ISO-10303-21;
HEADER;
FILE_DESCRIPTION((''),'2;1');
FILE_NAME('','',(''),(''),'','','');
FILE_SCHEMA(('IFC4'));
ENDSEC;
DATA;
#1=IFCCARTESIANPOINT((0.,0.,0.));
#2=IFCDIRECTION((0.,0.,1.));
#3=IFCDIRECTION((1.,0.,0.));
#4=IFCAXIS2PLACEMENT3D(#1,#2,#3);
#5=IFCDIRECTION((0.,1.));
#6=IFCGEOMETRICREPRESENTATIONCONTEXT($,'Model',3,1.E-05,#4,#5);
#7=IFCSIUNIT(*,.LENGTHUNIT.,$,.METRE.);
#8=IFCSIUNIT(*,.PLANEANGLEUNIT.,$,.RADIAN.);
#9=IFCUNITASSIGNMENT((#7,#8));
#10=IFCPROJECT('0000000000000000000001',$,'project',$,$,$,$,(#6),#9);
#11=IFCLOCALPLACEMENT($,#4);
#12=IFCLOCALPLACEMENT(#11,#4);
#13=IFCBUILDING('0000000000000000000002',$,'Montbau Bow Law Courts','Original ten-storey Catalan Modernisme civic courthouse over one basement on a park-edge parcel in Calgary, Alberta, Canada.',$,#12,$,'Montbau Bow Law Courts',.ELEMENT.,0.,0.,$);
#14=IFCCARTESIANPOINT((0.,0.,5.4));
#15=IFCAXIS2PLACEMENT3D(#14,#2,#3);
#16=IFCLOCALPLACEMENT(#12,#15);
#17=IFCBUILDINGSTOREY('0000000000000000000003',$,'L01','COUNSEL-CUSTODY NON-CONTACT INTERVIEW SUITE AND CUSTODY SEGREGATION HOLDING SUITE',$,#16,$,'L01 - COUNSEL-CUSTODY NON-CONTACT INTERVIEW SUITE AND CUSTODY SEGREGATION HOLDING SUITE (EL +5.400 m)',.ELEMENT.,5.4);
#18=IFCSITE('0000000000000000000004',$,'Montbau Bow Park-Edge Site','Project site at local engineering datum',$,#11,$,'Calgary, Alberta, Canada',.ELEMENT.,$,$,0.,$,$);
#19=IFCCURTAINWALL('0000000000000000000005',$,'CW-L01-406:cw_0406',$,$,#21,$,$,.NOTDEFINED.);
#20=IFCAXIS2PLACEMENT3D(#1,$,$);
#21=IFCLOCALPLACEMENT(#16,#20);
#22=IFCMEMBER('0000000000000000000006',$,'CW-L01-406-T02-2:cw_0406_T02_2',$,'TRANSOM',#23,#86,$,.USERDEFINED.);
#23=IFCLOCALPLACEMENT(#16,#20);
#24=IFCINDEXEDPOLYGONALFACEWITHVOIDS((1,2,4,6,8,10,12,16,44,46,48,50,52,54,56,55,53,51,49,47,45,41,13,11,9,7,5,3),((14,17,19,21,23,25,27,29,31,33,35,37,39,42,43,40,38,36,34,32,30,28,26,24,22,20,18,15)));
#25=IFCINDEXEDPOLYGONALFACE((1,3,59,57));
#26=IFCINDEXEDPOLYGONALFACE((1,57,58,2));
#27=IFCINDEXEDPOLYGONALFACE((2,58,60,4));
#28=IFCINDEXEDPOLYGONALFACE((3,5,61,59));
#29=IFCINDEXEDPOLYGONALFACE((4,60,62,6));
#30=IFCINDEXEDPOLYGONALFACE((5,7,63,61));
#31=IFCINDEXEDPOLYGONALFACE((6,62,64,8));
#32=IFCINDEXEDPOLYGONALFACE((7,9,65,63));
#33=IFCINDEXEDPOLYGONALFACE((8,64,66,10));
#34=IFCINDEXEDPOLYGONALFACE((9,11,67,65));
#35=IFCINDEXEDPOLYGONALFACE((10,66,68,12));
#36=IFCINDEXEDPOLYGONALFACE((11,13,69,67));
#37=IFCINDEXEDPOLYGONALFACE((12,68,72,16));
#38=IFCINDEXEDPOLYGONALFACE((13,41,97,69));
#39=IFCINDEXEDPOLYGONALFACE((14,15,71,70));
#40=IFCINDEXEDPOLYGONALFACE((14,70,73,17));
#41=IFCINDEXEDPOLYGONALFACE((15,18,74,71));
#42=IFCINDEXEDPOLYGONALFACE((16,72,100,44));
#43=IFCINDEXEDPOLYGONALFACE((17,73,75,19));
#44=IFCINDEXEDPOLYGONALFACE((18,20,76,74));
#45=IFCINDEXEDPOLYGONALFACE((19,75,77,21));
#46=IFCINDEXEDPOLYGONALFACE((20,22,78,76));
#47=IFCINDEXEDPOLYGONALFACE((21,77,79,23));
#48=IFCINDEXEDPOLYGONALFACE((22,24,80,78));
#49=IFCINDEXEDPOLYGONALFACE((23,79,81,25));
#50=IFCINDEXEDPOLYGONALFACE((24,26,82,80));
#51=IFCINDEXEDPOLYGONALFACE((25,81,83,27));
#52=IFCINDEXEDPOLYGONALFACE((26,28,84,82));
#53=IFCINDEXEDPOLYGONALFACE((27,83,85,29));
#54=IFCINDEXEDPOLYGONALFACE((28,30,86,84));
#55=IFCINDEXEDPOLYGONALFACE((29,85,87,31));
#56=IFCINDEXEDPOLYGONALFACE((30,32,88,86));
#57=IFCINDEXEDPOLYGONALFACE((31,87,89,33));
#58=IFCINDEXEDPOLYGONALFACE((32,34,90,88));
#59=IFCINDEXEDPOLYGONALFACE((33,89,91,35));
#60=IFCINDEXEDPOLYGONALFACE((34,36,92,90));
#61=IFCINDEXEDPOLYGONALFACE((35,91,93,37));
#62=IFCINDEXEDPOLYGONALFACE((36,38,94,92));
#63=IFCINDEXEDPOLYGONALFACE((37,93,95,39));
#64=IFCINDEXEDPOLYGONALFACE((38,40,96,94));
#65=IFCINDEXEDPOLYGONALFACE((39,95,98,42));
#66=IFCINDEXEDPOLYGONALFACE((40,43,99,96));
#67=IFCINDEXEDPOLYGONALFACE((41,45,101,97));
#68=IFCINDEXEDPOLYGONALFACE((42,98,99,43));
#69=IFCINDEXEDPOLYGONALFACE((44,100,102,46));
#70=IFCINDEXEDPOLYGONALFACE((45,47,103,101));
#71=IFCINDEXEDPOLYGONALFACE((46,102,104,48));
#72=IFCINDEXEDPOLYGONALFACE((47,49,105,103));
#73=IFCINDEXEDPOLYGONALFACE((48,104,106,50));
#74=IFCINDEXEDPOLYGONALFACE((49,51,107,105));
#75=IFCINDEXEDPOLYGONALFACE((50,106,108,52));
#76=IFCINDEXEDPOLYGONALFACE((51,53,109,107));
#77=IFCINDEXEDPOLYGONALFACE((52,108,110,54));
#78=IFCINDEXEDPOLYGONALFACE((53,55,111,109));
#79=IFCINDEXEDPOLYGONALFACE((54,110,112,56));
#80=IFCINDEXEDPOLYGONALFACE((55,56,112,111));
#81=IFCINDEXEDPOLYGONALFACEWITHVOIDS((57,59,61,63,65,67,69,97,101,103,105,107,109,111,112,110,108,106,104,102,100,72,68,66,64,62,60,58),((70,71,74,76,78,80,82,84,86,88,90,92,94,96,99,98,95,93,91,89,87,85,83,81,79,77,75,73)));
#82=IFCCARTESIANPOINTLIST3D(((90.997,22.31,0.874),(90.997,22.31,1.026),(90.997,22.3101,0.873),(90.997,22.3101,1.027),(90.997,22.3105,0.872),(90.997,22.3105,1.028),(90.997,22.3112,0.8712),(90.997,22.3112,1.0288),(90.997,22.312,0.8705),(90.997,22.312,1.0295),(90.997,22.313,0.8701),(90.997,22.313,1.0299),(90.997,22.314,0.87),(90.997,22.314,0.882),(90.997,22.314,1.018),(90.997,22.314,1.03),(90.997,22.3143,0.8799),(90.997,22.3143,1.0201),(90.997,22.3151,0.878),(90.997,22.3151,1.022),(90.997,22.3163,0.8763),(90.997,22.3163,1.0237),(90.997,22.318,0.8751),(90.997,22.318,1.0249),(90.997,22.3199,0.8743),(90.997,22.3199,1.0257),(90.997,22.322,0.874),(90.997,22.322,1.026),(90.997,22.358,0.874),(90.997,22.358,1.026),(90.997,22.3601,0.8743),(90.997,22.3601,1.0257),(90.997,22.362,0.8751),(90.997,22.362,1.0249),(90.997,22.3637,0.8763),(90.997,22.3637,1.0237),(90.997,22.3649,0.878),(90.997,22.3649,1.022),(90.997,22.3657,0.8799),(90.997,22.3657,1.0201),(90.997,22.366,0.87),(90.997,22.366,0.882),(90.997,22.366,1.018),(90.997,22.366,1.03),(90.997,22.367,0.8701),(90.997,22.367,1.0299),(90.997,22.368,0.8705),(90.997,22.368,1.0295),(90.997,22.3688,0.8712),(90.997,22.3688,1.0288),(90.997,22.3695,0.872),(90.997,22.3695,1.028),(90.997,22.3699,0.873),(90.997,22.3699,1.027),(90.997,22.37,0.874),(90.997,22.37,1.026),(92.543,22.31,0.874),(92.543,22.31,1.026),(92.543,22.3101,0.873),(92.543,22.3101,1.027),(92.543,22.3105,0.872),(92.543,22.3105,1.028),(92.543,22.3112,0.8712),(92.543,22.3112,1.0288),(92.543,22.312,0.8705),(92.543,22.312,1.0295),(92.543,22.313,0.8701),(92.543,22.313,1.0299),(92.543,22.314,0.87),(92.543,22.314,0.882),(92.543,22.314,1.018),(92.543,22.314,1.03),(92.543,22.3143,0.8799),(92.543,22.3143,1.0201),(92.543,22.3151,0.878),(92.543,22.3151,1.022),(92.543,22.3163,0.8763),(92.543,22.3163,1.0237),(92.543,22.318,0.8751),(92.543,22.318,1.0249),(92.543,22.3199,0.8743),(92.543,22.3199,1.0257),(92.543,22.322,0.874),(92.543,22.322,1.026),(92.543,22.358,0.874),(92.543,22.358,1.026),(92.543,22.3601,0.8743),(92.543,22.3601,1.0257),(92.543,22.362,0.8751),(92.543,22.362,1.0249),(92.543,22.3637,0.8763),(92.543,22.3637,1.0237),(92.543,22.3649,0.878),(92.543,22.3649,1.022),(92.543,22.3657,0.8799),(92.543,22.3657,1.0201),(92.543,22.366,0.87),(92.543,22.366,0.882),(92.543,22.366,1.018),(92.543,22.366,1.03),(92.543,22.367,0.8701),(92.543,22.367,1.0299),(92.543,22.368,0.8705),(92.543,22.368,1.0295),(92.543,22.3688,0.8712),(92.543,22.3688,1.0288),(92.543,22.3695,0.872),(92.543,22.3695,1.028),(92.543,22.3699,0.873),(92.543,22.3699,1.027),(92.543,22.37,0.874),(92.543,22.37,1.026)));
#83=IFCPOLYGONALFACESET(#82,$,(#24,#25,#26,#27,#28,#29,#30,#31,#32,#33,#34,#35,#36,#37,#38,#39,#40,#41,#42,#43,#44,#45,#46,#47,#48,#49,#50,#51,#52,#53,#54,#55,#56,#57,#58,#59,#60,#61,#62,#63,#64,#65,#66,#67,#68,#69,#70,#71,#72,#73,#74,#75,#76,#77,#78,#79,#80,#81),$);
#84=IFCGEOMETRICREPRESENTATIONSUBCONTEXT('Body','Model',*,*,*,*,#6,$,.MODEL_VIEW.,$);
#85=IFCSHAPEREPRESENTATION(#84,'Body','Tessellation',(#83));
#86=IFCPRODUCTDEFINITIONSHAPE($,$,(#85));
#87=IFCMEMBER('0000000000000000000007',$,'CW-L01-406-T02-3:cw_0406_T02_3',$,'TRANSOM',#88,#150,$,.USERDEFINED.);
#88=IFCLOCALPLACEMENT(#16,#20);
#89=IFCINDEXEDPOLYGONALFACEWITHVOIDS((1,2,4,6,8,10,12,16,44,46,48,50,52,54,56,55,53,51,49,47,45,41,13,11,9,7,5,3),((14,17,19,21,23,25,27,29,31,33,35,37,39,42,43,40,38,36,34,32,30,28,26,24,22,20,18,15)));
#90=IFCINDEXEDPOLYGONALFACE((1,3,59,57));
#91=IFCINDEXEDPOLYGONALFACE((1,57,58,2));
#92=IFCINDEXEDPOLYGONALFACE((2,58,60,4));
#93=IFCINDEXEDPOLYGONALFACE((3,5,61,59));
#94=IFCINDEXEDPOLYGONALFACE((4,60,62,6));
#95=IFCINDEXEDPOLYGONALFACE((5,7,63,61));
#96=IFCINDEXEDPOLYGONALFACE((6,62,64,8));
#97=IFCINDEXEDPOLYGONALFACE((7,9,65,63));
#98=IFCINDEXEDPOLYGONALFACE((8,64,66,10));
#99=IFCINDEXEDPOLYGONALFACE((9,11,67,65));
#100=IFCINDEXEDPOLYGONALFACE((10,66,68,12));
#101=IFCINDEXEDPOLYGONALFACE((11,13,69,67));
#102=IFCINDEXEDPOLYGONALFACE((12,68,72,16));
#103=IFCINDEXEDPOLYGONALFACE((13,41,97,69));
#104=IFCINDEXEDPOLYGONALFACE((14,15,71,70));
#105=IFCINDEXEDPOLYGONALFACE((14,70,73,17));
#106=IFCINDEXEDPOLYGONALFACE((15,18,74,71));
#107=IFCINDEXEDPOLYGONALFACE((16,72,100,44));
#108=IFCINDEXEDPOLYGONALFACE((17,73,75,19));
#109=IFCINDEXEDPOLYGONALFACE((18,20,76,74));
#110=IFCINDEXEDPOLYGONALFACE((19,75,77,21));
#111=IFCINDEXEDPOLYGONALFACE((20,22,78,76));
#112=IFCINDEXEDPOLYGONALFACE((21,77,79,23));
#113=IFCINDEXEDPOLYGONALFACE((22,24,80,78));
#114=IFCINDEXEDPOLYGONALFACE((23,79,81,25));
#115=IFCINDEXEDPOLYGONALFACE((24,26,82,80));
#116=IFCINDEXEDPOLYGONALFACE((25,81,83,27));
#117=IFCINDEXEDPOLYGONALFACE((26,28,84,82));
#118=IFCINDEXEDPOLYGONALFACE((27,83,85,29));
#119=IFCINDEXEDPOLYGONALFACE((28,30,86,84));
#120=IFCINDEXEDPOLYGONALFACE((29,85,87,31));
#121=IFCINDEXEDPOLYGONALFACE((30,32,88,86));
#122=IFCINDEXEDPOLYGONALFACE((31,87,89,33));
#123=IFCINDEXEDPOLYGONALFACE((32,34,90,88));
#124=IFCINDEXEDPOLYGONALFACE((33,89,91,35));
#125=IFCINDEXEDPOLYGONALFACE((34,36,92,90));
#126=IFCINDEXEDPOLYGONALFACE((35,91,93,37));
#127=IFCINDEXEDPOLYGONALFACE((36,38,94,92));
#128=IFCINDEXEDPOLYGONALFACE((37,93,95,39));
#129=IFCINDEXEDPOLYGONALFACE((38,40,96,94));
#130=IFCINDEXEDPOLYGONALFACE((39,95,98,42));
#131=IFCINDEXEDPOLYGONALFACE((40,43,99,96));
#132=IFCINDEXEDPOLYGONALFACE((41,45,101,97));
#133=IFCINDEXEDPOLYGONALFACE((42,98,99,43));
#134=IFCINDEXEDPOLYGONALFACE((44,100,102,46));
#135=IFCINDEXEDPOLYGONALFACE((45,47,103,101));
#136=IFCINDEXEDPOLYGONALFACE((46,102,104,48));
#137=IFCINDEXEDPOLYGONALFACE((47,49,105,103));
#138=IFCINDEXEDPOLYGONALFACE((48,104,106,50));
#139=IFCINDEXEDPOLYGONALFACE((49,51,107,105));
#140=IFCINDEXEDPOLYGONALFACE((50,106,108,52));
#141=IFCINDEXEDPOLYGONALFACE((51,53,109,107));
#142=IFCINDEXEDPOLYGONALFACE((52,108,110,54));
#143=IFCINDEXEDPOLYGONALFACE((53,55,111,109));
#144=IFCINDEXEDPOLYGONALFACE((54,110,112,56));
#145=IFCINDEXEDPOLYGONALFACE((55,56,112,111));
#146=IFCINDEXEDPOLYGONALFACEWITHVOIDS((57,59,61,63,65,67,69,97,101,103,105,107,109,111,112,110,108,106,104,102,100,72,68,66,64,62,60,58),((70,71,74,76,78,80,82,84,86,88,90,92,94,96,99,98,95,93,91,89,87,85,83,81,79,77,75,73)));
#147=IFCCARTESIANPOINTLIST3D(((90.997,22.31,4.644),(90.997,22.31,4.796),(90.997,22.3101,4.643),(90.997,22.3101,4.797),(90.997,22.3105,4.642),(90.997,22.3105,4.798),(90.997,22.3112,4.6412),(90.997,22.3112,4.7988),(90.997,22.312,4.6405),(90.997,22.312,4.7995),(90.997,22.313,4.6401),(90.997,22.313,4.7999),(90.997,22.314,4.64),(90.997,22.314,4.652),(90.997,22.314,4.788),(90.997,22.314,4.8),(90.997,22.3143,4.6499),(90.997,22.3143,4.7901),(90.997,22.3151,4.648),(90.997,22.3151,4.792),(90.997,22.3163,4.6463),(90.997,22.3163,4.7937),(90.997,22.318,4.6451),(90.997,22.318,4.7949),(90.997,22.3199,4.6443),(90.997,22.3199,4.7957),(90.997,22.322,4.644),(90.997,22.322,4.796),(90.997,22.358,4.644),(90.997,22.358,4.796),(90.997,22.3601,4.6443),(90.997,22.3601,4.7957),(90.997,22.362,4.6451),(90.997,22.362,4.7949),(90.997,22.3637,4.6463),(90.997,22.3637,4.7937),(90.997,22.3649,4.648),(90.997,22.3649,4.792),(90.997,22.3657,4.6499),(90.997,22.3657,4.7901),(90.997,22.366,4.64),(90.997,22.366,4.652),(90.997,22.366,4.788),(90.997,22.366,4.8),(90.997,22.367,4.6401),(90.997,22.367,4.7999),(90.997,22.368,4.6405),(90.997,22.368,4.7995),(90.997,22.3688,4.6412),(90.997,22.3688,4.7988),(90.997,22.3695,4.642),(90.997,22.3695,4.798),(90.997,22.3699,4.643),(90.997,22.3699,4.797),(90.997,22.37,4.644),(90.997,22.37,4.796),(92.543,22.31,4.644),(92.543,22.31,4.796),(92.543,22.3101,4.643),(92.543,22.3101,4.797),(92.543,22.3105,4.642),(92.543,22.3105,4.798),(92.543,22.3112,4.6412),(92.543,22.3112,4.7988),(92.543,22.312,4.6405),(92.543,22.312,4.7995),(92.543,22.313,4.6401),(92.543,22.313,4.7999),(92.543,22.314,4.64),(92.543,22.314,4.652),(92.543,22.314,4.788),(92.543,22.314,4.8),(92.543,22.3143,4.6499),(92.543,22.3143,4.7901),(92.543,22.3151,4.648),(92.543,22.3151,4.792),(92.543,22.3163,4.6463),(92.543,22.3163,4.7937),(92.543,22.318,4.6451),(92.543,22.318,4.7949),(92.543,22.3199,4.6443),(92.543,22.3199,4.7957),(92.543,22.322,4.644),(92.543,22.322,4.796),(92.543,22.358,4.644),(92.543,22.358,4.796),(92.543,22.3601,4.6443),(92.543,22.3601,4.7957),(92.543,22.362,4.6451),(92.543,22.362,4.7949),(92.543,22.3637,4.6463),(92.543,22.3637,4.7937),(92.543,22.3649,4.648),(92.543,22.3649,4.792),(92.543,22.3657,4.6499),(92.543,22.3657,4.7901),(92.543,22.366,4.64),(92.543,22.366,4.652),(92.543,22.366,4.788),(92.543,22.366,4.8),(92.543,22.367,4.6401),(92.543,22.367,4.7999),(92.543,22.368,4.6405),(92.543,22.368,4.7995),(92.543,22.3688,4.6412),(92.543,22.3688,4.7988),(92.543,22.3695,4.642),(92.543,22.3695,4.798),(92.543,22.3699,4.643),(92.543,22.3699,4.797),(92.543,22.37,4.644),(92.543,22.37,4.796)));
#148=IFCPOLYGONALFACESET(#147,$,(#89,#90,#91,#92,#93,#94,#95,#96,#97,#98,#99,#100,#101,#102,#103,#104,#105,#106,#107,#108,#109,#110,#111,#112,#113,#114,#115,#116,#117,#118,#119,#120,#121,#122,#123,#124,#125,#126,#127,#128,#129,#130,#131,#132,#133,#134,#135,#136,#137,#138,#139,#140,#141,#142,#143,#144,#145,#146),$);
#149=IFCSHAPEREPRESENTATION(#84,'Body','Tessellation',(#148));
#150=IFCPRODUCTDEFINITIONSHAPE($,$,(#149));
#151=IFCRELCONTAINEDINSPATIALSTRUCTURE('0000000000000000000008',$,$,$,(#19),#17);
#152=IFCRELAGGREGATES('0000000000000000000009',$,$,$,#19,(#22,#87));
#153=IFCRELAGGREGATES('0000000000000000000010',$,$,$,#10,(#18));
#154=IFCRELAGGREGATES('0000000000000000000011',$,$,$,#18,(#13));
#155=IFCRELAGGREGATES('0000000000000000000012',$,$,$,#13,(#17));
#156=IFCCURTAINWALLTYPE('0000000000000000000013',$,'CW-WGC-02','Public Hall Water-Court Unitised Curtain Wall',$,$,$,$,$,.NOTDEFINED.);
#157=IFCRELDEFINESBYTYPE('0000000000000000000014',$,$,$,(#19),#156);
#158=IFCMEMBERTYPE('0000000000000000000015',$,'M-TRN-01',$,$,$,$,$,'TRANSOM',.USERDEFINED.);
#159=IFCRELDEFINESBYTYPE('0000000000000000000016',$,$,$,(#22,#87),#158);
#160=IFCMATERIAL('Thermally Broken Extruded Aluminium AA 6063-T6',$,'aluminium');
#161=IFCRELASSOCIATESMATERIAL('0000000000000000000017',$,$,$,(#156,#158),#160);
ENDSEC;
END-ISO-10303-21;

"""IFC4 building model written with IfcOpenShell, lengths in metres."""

from ifc_helpers import new_model, si_unit, direction, frame, origin_with_axes, origin_2d_with_axis, place, context, subcontext, project, spatial, hollow_rectangle, extrude, material, material_profile, profile_set, type_object, element, aggregate, save


model = new_model("IFC4")

# Units and contexts
model_context = context("Model", 3, precision=1e-05, world=origin_with_axes(), true_north=direction((0.0, 1.0)))
body_context = subcontext(model_context, "Body", "Model", "MODEL_VIEW")
ifc_project = project(units=[si_unit("LENGTHUNIT", "METRE"), si_unit("PLANEANGLEUNIT", "RADIAN")], contexts=[model_context])

# Site, building, storey
site_placement = place(None, origin_with_axes())
site = spatial("IfcSite", under=ifc_project, at=site_placement, Name="Montbau Bow Park-Edge Site", Description="Project site at local engineering datum", LongName="Calgary, Alberta, Canada", CompositionType="ELEMENT", RefElevation=0.0)
building_placement = place(site_placement, origin_with_axes())
building = spatial("IfcBuilding", under=site, at=building_placement, Name="Montbau Bow Law Courts", Description="Original ten-storey Catalan Modernisme civic courthouse over one basement on a park-edge parcel in Calgary, Alberta, Canada.", LongName="Montbau Bow Law Courts", CompositionType="ELEMENT", ElevationOfRefHeight=0.0, ElevationOfTerrain=0.0)
storey_placement = place(building_placement, frame((0.0, 0.0, 5.4), z_axis=(0.0, 0.0, 1.0), x_axis=(1.0, 0.0, 0.0)))
storey = spatial("IfcBuildingStorey", under=building, at=storey_placement, Name="L01", Description="COUNSEL-CUSTODY NON-CONTACT INTERVIEW SUITE AND CUSTODY SEGREGATION HOLDING SUITE", LongName="L01 - COUNSEL-CUSTODY NON-CONTACT INTERVIEW SUITE AND CUSTODY SEGREGATION HOLDING SUITE (EL +5.400 m)", CompositionType="ELEMENT", Elevation=5.4)

# Curtain wall
ifc_material_1 = material(Name="Thermally Broken Extruded Aluminium AA 6063-T6", Category="aluminium")
curtain_wall_type = type_object("IfcCurtainWallType", Name="CW-WGC-02", Description="Public Hall Water-Court Unitised Curtain Wall", PredefinedType="NOTDEFINED", material=ifc_material_1)
curtain_wall_1_placement = place(None, frame((89.315, 22.34, 5.4), z_axis=(0.0, 0.0, 1.0), x_axis=(1.0, 0.0, 0.0)))
curtain_wall_1 = element("IfcCurtainWall", 1, at=curtain_wall_1_placement, inside=storey, type_object=curtain_wall_type, Name="CW-L01-406:cw_0406", PredefinedType="NOTDEFINED")

# Members
ifc_material_profile_1 = material_profile(ifc_material_1, hollow_rectangle(XDim=0.06, YDim=0.16, WallThickness=0.004, InnerFilletRadius=0.008, OuterFilletRadius=0.004, at=origin_2d_with_axis()), Name="CWT-160X60", Category="Main", Priority=0)
ifc_profile_set_1 = profile_set([ifc_material_profile_1], Name="Thermally Broken Extruded Aluminium AA 6063-T6")
member_type_1 = type_object("IfcMemberType", Name="M-TRN-01", ElementType="TRANSOM", PredefinedType="USERDEFINED", material=ifc_profile_set_1)
member_1_placement = place(None, frame((90.997, 22.34, 6.35), z_axis=(1.0, 0.0, 0.0), x_axis=(0.0, 1.0, 0.0)))
member_1 = element("IfcMember", 2, at=member_1_placement, type_object=member_type_1, Name="CW-L01-406-T02-2:cw_0406_T02_2", ObjectType="TRANSOM", PredefinedType="USERDEFINED", context=body_context, shape_type="SweptSolid", body=[
    extrude(hollow_rectangle(XDim=0.06, YDim=0.16, WallThickness=0.004, InnerFilletRadius=0.008, OuterFilletRadius=0.004, at=origin_2d_with_axis()), origin_with_axes(), (0.0, 0.0, 1.0), 1.546),
])
member_2_placement = place(None, frame((90.997, 22.34, 10.12), z_axis=(1.0, 0.0, 0.0), x_axis=(0.0, 1.0, 0.0)))
member_2 = element("IfcMember", 3, at=member_2_placement, type_object=member_type_1, Name="CW-L01-406-T02-3:cw_0406_T02_3", ObjectType="TRANSOM", PredefinedType="USERDEFINED", context=body_context, shape_type="SweptSolid", body=[
    extrude(hollow_rectangle(XDim=0.06, YDim=0.16, WallThickness=0.004, InnerFilletRadius=0.008, OuterFilletRadius=0.004, at=origin_2d_with_axis()), origin_with_axes(), (0.0, 0.0, 1.0), 1.546),
])

aggregate(curtain_wall_1, [member_1, member_2])

save(model, "model.ifc")
